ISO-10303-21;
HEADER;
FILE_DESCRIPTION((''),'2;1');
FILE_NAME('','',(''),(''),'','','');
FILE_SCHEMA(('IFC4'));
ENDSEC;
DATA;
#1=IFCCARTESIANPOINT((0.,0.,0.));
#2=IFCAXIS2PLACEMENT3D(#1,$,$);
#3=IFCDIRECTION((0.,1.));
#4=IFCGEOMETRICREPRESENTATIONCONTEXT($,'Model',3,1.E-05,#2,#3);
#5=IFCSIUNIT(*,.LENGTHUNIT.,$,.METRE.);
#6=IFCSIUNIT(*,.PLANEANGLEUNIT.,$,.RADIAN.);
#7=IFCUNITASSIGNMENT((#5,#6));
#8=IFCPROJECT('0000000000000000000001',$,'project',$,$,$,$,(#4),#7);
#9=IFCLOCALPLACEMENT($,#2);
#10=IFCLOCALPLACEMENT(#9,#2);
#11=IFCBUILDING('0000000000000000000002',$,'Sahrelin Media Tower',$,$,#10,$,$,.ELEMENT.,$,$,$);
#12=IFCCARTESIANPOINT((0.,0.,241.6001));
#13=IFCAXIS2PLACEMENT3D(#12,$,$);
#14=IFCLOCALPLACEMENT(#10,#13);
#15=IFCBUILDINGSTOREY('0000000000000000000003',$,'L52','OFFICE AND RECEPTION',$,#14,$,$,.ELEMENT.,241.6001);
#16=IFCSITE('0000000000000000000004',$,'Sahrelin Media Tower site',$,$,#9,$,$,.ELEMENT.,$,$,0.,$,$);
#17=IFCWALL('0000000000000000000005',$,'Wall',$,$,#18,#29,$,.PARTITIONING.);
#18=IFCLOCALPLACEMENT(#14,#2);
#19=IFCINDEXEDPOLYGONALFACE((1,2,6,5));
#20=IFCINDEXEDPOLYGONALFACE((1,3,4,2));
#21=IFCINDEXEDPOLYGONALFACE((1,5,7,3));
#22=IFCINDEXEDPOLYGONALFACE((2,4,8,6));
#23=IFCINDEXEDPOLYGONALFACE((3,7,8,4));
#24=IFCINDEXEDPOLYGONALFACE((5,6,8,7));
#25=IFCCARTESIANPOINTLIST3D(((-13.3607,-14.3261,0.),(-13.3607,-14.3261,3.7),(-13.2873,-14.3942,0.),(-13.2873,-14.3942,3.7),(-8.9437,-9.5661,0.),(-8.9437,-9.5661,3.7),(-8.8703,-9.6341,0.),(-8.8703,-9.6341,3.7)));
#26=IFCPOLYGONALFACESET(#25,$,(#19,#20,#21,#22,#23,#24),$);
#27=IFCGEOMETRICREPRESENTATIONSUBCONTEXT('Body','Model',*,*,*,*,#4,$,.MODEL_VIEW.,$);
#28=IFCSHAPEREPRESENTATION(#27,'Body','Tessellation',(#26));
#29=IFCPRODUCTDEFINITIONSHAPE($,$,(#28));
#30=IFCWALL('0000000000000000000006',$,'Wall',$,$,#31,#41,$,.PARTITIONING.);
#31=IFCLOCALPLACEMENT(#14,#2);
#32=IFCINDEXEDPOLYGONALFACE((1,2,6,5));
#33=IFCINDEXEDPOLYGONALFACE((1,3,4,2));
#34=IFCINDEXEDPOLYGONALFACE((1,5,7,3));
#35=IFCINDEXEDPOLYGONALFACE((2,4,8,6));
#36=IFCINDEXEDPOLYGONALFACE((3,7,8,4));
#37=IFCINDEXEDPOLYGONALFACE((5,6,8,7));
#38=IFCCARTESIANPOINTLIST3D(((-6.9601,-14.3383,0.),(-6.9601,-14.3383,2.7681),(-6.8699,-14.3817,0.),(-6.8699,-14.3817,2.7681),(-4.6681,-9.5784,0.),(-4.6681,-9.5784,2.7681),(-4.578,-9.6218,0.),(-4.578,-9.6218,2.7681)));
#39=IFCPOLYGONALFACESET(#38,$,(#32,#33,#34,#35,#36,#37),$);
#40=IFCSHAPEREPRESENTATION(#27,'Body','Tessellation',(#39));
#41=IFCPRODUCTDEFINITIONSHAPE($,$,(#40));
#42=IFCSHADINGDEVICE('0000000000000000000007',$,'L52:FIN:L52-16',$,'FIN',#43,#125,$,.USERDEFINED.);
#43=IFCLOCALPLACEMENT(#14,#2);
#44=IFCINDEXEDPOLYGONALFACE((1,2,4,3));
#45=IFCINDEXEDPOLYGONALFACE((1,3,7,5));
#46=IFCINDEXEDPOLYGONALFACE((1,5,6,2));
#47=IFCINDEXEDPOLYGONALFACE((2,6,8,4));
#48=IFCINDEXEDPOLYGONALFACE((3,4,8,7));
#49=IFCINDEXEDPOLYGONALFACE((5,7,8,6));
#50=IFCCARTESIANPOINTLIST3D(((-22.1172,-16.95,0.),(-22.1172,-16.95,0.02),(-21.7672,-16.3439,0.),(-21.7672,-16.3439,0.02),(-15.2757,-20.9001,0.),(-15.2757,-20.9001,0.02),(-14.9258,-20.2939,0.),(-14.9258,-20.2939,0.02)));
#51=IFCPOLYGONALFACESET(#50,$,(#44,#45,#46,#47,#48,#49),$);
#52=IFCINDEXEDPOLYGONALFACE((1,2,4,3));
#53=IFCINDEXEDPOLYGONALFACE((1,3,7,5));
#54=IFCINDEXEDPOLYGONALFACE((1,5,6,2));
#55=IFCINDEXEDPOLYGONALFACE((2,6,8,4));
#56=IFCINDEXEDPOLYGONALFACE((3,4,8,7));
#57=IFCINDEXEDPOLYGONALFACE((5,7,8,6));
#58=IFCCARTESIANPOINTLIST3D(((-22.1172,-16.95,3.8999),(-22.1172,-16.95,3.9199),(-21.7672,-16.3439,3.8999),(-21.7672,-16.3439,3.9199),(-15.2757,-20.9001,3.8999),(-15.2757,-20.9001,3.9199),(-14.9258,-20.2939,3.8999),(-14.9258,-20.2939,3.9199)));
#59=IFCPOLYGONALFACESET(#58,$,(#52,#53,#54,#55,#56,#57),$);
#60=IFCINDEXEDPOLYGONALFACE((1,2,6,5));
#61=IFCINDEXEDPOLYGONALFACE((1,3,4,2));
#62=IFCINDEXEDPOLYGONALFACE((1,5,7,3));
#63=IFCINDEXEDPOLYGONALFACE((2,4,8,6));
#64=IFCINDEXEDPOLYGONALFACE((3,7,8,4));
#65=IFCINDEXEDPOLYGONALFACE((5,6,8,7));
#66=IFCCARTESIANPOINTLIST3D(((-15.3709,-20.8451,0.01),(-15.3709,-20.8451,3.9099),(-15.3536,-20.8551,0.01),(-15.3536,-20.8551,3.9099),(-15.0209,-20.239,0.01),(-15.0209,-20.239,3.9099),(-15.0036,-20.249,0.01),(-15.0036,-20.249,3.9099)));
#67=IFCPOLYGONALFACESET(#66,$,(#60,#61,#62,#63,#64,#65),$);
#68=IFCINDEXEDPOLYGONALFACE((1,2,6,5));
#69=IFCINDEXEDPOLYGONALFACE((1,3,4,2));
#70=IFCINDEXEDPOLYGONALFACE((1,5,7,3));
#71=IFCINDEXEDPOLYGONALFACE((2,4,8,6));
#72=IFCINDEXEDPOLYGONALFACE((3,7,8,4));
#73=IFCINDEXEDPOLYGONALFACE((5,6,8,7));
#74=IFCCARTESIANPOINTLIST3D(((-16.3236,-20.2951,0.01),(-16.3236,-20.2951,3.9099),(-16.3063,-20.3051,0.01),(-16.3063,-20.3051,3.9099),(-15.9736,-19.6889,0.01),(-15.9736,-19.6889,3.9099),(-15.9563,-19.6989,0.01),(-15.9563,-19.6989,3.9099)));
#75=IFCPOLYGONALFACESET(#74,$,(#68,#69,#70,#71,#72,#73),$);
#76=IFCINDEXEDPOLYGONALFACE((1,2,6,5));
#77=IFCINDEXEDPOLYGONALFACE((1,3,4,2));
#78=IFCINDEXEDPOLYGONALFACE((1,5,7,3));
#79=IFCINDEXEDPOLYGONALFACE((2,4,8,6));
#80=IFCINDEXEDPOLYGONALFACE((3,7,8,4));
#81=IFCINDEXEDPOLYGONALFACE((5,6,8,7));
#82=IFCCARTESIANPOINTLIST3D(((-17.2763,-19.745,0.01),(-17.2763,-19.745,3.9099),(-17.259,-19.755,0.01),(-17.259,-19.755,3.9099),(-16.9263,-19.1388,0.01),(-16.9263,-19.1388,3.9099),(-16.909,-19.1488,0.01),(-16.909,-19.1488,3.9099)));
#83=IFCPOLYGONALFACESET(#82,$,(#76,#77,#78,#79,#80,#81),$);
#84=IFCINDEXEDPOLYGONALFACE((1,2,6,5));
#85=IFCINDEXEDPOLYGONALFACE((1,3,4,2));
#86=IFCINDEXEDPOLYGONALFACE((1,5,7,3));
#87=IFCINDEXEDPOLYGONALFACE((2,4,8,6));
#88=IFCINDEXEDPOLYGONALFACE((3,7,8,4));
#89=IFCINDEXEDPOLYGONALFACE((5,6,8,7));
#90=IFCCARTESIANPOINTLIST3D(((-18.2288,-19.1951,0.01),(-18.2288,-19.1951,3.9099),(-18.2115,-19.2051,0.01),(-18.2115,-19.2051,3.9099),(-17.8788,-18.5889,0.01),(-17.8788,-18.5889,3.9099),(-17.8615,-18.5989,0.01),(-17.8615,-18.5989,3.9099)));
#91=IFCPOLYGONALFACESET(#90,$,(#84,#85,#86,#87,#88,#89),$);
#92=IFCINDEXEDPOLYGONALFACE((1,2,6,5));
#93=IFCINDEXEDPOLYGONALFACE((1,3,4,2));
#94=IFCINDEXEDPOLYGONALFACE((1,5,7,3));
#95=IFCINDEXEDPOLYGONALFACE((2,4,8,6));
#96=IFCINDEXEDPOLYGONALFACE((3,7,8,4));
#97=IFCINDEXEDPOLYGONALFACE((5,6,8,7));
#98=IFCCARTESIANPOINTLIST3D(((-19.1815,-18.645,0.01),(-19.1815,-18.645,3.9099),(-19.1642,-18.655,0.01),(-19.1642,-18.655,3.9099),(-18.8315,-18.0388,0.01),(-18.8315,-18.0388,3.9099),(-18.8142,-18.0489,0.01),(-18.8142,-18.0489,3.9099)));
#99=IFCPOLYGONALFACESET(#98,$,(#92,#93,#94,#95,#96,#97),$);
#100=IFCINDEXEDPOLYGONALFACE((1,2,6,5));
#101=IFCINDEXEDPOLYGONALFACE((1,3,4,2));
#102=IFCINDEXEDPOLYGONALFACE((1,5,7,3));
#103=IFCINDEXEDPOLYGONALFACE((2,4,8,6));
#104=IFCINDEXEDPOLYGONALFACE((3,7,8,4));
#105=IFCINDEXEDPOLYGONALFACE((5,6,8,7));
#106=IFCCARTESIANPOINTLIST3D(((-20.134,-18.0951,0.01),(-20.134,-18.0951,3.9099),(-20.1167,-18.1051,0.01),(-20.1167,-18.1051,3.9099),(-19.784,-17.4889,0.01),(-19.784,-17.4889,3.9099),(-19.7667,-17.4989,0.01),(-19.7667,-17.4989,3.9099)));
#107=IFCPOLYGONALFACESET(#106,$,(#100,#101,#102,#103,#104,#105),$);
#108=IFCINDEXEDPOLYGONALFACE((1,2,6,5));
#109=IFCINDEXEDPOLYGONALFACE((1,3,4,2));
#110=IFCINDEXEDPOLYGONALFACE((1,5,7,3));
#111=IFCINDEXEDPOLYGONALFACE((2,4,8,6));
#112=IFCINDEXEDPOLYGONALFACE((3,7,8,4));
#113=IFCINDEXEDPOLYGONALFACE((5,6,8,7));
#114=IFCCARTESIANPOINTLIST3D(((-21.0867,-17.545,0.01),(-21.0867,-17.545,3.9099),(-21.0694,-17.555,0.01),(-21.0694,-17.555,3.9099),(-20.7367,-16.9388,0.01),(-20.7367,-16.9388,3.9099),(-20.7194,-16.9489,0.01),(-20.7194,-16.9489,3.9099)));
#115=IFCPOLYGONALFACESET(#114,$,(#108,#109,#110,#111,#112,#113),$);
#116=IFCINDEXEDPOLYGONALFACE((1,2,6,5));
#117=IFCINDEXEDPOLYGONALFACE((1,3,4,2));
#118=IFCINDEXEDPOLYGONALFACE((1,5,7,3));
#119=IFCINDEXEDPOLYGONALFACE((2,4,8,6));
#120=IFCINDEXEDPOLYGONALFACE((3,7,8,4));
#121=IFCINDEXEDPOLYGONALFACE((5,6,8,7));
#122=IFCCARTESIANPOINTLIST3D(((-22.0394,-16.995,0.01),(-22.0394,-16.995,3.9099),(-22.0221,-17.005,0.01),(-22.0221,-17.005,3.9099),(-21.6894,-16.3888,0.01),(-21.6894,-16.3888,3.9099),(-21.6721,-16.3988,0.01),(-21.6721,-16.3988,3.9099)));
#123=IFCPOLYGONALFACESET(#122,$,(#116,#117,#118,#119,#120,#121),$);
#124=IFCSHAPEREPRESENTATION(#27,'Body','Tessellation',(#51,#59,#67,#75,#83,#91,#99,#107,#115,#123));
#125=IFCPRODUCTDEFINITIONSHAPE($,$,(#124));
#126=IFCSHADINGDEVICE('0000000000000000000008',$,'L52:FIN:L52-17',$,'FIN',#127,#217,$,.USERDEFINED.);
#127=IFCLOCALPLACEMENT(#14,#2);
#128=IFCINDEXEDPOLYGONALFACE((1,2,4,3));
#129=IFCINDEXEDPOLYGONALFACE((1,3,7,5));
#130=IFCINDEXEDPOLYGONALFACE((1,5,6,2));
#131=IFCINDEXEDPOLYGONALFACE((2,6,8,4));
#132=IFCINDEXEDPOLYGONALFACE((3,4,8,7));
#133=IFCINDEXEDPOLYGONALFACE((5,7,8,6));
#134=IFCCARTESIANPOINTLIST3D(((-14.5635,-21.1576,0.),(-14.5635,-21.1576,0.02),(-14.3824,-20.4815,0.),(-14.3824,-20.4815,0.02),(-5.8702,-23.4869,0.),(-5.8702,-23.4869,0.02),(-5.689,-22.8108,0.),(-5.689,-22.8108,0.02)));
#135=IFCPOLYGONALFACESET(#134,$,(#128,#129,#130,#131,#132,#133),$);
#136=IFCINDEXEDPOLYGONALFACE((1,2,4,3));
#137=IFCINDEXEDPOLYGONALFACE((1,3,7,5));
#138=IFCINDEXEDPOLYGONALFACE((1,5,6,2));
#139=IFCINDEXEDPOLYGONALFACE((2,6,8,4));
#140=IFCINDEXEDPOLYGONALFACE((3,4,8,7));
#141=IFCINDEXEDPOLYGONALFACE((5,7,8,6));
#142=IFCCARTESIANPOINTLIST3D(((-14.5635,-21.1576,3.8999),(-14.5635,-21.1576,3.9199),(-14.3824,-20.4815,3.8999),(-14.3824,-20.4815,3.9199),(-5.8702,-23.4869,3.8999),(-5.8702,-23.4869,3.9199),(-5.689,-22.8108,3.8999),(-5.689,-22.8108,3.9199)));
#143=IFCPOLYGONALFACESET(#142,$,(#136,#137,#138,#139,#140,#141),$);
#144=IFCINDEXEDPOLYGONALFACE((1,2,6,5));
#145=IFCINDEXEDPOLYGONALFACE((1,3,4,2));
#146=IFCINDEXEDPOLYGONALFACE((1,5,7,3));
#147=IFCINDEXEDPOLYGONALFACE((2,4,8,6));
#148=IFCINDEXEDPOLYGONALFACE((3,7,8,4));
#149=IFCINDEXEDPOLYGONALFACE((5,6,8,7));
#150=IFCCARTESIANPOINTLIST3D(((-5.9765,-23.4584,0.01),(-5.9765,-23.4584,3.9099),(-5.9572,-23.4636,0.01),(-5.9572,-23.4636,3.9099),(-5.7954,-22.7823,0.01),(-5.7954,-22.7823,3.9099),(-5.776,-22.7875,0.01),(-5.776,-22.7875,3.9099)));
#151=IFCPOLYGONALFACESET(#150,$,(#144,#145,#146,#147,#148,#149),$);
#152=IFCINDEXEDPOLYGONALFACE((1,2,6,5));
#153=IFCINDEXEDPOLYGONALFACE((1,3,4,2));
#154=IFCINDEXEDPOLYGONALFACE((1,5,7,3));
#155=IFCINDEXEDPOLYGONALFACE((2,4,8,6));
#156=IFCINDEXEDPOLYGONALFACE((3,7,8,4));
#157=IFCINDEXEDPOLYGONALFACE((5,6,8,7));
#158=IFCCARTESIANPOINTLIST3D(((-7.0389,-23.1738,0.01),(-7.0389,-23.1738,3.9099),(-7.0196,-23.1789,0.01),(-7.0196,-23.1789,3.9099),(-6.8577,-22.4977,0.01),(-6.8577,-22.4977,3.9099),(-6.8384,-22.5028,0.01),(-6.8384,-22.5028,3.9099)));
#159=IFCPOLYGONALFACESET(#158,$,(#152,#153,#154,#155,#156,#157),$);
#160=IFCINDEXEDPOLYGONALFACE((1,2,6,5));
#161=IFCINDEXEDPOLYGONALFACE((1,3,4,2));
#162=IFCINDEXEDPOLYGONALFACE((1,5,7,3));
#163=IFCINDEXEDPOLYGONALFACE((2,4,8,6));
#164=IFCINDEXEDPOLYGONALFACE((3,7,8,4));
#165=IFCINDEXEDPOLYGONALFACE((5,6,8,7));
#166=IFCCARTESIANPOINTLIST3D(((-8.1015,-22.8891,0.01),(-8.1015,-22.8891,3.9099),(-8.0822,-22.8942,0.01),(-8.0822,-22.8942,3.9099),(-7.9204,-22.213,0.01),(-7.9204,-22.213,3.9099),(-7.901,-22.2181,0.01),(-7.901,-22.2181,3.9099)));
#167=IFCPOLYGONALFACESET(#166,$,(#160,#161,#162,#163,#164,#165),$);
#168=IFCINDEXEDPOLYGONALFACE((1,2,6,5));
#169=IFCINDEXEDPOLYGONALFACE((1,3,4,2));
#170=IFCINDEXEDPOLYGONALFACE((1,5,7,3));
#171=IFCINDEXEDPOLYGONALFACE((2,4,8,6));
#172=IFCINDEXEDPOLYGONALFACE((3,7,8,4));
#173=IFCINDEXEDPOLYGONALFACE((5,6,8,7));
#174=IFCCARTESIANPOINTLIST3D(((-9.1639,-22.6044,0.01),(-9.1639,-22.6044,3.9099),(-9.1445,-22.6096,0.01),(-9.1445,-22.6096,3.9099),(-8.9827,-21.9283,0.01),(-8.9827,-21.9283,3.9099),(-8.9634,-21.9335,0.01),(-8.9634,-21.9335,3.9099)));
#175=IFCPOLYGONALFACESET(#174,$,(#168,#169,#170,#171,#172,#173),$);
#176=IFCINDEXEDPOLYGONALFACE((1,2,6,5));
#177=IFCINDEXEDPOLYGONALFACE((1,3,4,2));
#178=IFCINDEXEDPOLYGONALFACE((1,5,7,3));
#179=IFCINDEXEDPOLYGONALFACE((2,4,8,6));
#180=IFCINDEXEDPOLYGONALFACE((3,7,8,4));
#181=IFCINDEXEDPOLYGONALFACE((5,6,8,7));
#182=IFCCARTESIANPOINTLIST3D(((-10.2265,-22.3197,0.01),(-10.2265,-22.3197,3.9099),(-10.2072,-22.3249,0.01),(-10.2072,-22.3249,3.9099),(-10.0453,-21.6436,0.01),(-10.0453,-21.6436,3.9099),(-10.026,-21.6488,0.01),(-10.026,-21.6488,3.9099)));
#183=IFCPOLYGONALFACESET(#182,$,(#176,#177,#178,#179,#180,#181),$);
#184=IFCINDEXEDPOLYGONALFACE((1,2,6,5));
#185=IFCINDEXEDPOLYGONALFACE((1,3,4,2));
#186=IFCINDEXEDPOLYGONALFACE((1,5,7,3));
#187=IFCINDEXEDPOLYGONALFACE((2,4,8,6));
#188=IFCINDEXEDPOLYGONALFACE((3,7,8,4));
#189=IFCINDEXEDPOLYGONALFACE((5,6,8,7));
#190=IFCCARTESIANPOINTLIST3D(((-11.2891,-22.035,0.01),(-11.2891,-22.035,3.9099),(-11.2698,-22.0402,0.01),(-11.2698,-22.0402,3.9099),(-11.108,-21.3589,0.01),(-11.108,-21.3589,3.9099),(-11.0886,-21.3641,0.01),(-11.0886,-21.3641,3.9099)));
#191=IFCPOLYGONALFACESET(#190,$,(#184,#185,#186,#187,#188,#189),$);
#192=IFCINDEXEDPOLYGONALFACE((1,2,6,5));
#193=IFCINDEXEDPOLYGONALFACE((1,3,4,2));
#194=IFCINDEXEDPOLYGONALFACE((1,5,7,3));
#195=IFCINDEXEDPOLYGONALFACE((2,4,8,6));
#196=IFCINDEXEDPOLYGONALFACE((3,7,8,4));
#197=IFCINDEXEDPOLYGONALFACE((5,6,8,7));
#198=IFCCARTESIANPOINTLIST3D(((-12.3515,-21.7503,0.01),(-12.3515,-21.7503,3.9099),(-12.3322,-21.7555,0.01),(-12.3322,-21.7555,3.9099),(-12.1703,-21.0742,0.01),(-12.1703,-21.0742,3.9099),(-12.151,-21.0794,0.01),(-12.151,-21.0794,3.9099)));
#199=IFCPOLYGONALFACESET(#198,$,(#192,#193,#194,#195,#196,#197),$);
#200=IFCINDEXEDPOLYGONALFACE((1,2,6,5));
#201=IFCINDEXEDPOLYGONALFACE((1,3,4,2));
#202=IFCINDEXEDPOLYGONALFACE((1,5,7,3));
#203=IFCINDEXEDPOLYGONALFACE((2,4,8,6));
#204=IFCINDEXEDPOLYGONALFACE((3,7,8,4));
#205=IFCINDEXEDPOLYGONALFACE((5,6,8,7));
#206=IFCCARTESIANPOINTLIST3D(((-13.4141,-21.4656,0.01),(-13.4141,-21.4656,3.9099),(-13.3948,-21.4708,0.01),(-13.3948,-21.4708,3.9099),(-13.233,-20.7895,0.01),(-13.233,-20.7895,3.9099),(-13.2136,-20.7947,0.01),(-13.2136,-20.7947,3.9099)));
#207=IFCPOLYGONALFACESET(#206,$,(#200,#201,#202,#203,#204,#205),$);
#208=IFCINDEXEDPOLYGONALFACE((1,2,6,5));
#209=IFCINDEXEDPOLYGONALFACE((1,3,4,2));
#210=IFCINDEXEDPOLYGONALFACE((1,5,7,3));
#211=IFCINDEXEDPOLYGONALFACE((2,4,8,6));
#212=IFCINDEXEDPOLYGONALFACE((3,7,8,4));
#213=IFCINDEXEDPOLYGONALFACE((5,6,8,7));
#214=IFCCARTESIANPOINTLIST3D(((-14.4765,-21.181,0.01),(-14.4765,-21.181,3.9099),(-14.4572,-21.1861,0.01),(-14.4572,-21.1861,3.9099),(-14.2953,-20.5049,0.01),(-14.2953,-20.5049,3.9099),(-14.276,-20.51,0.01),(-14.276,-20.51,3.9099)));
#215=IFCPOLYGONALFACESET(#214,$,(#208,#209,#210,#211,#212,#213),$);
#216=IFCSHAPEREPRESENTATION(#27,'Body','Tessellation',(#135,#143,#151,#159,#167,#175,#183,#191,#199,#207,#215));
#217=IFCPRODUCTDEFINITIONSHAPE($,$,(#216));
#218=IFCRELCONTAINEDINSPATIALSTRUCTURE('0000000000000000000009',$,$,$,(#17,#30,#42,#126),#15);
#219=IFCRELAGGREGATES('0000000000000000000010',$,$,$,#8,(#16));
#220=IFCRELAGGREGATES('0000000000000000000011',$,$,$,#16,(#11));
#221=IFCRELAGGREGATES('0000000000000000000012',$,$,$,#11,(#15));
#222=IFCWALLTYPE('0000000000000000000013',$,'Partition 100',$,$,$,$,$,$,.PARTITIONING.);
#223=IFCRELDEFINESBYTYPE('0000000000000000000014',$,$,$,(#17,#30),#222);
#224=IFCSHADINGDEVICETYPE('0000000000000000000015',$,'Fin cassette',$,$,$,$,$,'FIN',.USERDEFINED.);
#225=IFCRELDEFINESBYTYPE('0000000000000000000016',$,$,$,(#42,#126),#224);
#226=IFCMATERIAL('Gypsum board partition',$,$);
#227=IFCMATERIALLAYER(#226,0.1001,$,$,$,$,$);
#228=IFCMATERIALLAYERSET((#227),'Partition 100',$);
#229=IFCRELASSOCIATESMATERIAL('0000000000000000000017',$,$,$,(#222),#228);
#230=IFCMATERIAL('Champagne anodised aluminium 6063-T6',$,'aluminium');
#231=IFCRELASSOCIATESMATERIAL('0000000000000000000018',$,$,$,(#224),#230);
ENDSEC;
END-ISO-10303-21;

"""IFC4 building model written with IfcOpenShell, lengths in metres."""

from ifc_helpers import new_model, si_unit, direction, frame, frame_2d, origin, origin_2d, place, context, subcontext, project, spatial, rectangle, extrude, material, layer, layer_set, type_object, element, save


model = new_model("IFC4")

# Units and contexts
model_context = context("Model", 3, precision=1e-05, world=origin(), true_north=direction((0.0, 1.0)))
body_context = subcontext(model_context, "Body", "Model", "MODEL_VIEW")
ifc_project = project(units=[si_unit("LENGTHUNIT", "METRE"), si_unit("PLANEANGLEUNIT", "RADIAN")], contexts=[model_context])

# Site, building, storey
site_placement = place(None, origin())
site = spatial("IfcSite", under=ifc_project, at=site_placement, Name="Sahrelin Media Tower site", CompositionType="ELEMENT", RefElevation=0.0)
building_placement = place(site_placement, origin())
building = spatial("IfcBuilding", under=site, at=building_placement, Name="Sahrelin Media Tower", CompositionType="ELEMENT")
storey_placement = place(building_placement, frame((0.0, 0.0, 241.6001)))
storey = spatial("IfcBuildingStorey", under=building, at=storey_placement, Name="L52", Description="OFFICE AND RECEPTION", CompositionType="ELEMENT", Elevation=241.6001)

# Shared definitions
ifc_material_1 = material(Name="Champagne anodised aluminium 6063-T6", Category="aluminium")

# Walls
ifc_material_2 = material(Name="Gypsum board partition")
ifc_layer_1 = layer(ifc_material_2, 0.1001)
ifc_layer_set_1 = layer_set([ifc_layer_1], Name="Partition 100")
wall_type = type_object("IfcWallType", Name="Partition 100", PredefinedType="PARTITIONING", material=ifc_layer_set_1)
wall_1_placement = place(storey_placement, frame((-13.324, -14.3601, 0.0), z_axis=(0.0, 0.0, 1.0), x_axis=(0.680202, 0.733025, 0.0)))
element("IfcWall", 1, at=wall_1_placement, inside=storey, type_object=wall_type, Name="Wall", PredefinedType="PARTITIONING", context=body_context, shape_type="SweptSolid", body=[
    extrude(rectangle(XDim=6.4937, YDim=0.1001, at=frame_2d((3.2468, 0.0))), origin(), (0.0, 0.0, 1.0), 3.7),
])
wall_2_placement = place(storey_placement, frame((-6.915, -14.3601, 0.0), z_axis=(0.0, 0.0, 1.0), x_axis=(0.433836, 0.900992, 0.0)))
element("IfcWall", 2, at=wall_2_placement, inside=storey, type_object=wall_type, Name="Wall", PredefinedType="PARTITIONING", context=body_context, shape_type="SweptSolid", body=[
    extrude(rectangle(XDim=5.283, YDim=0.1001, at=frame_2d((2.6416, 0.0))), origin(), (0.0, 0.0, 1.0), 2.7681),
])

# Shading devices
shading_device_type_1 = type_object("IfcShadingDeviceType", Name="Fin cassette", ElementType="FIN", PredefinedType="USERDEFINED", material=ifc_material_1)
shading_device_1_placement = place(storey_placement, frame((-18.3115, -18.2583, 0.0), z_axis=(0.0, 0.0, 1.0), x_axis=(-0.866019, 0.500011, 0.0)))
element("IfcShadingDevice", 3, at=shading_device_1_placement, inside=storey, type_object=shading_device_type_1, Name="L52:FIN:L52-16", ObjectType="FIN", PredefinedType="USERDEFINED", context=body_context, shape_type="SweptSolid", body=[
    extrude(rectangle(XDim=7.8999, YDim=0.7, at=origin_2d()), frame((0.0, 0.4199, 0.0)), (0.0, 0.0, 1.0), 0.02),
    extrude(rectangle(XDim=7.8999, YDim=0.7, at=origin_2d()), frame((0.0, 0.4199, 3.8999)), (0.0, 0.0, 1.0), 0.02),
    extrude(rectangle(XDim=0.02, YDim=0.7, at=origin_2d()), frame((-3.8501, 0.4199, 0.01), z_axis=(0.0, 0.0, 1.0), x_axis=(1.0, 0.0, 0.0)), (0.0, 0.0, 1.0), 3.8999),
    extrude(rectangle(XDim=0.02, YDim=0.7, at=origin_2d()), frame((-2.75, 0.4199, 0.01), z_axis=(0.0, 0.0, 1.0), x_axis=(1.0, 0.0, 0.0)), (0.0, 0.0, 1.0), 3.8999),
    extrude(rectangle(XDim=0.02, YDim=0.7, at=origin_2d()), frame((-1.6499, 0.4199, 0.01), z_axis=(0.0, 0.0, 1.0), x_axis=(1.0, 0.0, 0.0)), (0.0, 0.0, 1.0), 3.8999),
    extrude(rectangle(XDim=0.02, YDim=0.7, at=origin_2d()), frame((-0.55, 0.4199, 0.01), z_axis=(0.0, 0.0, 1.0), x_axis=(1.0, 0.0, 0.0)), (0.0, 0.0, 1.0), 3.8999),
    extrude(rectangle(XDim=0.02, YDim=0.7, at=origin_2d()), frame((0.55, 0.4199, 0.01), z_axis=(0.0, 0.0, 1.0), x_axis=(1.0, 0.0, 0.0)), (0.0, 0.0, 1.0), 3.8999),
    extrude(rectangle(XDim=0.02, YDim=0.7, at=origin_2d()), frame((1.6499, 0.4199, 0.01), z_axis=(0.0, 0.0, 1.0), x_axis=(1.0, 0.0, 0.0)), (0.0, 0.0, 1.0), 3.8999),
    extrude(rectangle(XDim=0.02, YDim=0.7, at=origin_2d()), frame((2.75, 0.4199, 0.01), z_axis=(0.0, 0.0, 1.0), x_axis=(1.0, 0.0, 0.0)), (0.0, 0.0, 1.0), 3.8999),
    extrude(rectangle(XDim=0.02, YDim=0.7, at=origin_2d()), frame((3.8501, 0.4199, 0.01), z_axis=(0.0, 0.0, 1.0), x_axis=(1.0, 0.0, 0.0)), (0.0, 0.0, 1.0), 3.8999),
])
placement = place(storey_placement, frame((-10.0176, -21.5786, 0.0), z_axis=(0.0, 0.0, 1.0), x_axis=(-0.965929, 0.258808, 0.0)))
element("IfcShadingDevice", 4, at=placement, inside=storey, type_object=shading_device_type_1, Name="L52:FIN:L52-17", ObjectType="FIN", PredefinedType="USERDEFINED", context=body_context, shape_type="SweptSolid", body=[
    extrude(rectangle(XDim=9.0, YDim=0.7, at=origin_2d()), frame((0.0, 0.4199, 0.0)), (0.0, 0.0, 1.0), 0.02),
    extrude(rectangle(XDim=9.0, YDim=0.7, at=origin_2d()), frame((0.0, 0.4199, 3.8999)), (0.0, 0.0, 1.0), 0.02),
    extrude(rectangle(XDim=0.02, YDim=0.7, at=origin_2d()), frame((-4.3999, 0.4199, 0.01), z_axis=(0.0, 0.0, 1.0), x_axis=(1.0, 0.0, 0.0)), (0.0, 0.0, 1.0), 3.8999),
    extrude(rectangle(XDim=0.02, YDim=0.7, at=origin_2d()), frame((-3.3, 0.4199, 0.01), z_axis=(0.0, 0.0, 1.0), x_axis=(1.0, 0.0, 0.0)), (0.0, 0.0, 1.0), 3.8999),
    extrude(rectangle(XDim=0.02, YDim=0.7, at=origin_2d()), frame((-2.2, 0.4199, 0.01), z_axis=(0.0, 0.0, 1.0), x_axis=(1.0, 0.0, 0.0)), (0.0, 0.0, 1.0), 3.8999),
    extrude(rectangle(XDim=0.02, YDim=0.7, at=origin_2d()), frame((-1.1001, 0.4199, 0.01), z_axis=(0.0, 0.0, 1.0), x_axis=(1.0, 0.0, 0.0)), (0.0, 0.0, 1.0), 3.8999),
    extrude(rectangle(XDim=0.02, YDim=0.7, at=origin_2d()), frame((0.0, 0.4199, 0.01), z_axis=(0.0, 0.0, 1.0), x_axis=(1.0, 0.0, 0.0)), (0.0, 0.0, 1.0), 3.8999),
    extrude(rectangle(XDim=0.02, YDim=0.7, at=origin_2d()), frame((1.1001, 0.4199, 0.01), z_axis=(0.0, 0.0, 1.0), x_axis=(1.0, 0.0, 0.0)), (0.0, 0.0, 1.0), 3.8999),
    extrude(rectangle(XDim=0.02, YDim=0.7, at=origin_2d()), frame((2.2, 0.4199, 0.01), z_axis=(0.0, 0.0, 1.0), x_axis=(1.0, 0.0, 0.0)), (0.0, 0.0, 1.0), 3.8999),
    extrude(rectangle(XDim=0.02, YDim=0.7, at=origin_2d()), frame((3.3, 0.4199, 0.01), z_axis=(0.0, 0.0, 1.0), x_axis=(1.0, 0.0, 0.0)), (0.0, 0.0, 1.0), 3.8999),
    extrude(rectangle(XDim=0.02, YDim=0.7, at=origin_2d()), frame((4.3999, 0.4199, 0.01), z_axis=(0.0, 0.0, 1.0), x_axis=(1.0, 0.0, 0.0)), (0.0, 0.0, 1.0), 3.8999),
])

save(model, "model.ifc")
